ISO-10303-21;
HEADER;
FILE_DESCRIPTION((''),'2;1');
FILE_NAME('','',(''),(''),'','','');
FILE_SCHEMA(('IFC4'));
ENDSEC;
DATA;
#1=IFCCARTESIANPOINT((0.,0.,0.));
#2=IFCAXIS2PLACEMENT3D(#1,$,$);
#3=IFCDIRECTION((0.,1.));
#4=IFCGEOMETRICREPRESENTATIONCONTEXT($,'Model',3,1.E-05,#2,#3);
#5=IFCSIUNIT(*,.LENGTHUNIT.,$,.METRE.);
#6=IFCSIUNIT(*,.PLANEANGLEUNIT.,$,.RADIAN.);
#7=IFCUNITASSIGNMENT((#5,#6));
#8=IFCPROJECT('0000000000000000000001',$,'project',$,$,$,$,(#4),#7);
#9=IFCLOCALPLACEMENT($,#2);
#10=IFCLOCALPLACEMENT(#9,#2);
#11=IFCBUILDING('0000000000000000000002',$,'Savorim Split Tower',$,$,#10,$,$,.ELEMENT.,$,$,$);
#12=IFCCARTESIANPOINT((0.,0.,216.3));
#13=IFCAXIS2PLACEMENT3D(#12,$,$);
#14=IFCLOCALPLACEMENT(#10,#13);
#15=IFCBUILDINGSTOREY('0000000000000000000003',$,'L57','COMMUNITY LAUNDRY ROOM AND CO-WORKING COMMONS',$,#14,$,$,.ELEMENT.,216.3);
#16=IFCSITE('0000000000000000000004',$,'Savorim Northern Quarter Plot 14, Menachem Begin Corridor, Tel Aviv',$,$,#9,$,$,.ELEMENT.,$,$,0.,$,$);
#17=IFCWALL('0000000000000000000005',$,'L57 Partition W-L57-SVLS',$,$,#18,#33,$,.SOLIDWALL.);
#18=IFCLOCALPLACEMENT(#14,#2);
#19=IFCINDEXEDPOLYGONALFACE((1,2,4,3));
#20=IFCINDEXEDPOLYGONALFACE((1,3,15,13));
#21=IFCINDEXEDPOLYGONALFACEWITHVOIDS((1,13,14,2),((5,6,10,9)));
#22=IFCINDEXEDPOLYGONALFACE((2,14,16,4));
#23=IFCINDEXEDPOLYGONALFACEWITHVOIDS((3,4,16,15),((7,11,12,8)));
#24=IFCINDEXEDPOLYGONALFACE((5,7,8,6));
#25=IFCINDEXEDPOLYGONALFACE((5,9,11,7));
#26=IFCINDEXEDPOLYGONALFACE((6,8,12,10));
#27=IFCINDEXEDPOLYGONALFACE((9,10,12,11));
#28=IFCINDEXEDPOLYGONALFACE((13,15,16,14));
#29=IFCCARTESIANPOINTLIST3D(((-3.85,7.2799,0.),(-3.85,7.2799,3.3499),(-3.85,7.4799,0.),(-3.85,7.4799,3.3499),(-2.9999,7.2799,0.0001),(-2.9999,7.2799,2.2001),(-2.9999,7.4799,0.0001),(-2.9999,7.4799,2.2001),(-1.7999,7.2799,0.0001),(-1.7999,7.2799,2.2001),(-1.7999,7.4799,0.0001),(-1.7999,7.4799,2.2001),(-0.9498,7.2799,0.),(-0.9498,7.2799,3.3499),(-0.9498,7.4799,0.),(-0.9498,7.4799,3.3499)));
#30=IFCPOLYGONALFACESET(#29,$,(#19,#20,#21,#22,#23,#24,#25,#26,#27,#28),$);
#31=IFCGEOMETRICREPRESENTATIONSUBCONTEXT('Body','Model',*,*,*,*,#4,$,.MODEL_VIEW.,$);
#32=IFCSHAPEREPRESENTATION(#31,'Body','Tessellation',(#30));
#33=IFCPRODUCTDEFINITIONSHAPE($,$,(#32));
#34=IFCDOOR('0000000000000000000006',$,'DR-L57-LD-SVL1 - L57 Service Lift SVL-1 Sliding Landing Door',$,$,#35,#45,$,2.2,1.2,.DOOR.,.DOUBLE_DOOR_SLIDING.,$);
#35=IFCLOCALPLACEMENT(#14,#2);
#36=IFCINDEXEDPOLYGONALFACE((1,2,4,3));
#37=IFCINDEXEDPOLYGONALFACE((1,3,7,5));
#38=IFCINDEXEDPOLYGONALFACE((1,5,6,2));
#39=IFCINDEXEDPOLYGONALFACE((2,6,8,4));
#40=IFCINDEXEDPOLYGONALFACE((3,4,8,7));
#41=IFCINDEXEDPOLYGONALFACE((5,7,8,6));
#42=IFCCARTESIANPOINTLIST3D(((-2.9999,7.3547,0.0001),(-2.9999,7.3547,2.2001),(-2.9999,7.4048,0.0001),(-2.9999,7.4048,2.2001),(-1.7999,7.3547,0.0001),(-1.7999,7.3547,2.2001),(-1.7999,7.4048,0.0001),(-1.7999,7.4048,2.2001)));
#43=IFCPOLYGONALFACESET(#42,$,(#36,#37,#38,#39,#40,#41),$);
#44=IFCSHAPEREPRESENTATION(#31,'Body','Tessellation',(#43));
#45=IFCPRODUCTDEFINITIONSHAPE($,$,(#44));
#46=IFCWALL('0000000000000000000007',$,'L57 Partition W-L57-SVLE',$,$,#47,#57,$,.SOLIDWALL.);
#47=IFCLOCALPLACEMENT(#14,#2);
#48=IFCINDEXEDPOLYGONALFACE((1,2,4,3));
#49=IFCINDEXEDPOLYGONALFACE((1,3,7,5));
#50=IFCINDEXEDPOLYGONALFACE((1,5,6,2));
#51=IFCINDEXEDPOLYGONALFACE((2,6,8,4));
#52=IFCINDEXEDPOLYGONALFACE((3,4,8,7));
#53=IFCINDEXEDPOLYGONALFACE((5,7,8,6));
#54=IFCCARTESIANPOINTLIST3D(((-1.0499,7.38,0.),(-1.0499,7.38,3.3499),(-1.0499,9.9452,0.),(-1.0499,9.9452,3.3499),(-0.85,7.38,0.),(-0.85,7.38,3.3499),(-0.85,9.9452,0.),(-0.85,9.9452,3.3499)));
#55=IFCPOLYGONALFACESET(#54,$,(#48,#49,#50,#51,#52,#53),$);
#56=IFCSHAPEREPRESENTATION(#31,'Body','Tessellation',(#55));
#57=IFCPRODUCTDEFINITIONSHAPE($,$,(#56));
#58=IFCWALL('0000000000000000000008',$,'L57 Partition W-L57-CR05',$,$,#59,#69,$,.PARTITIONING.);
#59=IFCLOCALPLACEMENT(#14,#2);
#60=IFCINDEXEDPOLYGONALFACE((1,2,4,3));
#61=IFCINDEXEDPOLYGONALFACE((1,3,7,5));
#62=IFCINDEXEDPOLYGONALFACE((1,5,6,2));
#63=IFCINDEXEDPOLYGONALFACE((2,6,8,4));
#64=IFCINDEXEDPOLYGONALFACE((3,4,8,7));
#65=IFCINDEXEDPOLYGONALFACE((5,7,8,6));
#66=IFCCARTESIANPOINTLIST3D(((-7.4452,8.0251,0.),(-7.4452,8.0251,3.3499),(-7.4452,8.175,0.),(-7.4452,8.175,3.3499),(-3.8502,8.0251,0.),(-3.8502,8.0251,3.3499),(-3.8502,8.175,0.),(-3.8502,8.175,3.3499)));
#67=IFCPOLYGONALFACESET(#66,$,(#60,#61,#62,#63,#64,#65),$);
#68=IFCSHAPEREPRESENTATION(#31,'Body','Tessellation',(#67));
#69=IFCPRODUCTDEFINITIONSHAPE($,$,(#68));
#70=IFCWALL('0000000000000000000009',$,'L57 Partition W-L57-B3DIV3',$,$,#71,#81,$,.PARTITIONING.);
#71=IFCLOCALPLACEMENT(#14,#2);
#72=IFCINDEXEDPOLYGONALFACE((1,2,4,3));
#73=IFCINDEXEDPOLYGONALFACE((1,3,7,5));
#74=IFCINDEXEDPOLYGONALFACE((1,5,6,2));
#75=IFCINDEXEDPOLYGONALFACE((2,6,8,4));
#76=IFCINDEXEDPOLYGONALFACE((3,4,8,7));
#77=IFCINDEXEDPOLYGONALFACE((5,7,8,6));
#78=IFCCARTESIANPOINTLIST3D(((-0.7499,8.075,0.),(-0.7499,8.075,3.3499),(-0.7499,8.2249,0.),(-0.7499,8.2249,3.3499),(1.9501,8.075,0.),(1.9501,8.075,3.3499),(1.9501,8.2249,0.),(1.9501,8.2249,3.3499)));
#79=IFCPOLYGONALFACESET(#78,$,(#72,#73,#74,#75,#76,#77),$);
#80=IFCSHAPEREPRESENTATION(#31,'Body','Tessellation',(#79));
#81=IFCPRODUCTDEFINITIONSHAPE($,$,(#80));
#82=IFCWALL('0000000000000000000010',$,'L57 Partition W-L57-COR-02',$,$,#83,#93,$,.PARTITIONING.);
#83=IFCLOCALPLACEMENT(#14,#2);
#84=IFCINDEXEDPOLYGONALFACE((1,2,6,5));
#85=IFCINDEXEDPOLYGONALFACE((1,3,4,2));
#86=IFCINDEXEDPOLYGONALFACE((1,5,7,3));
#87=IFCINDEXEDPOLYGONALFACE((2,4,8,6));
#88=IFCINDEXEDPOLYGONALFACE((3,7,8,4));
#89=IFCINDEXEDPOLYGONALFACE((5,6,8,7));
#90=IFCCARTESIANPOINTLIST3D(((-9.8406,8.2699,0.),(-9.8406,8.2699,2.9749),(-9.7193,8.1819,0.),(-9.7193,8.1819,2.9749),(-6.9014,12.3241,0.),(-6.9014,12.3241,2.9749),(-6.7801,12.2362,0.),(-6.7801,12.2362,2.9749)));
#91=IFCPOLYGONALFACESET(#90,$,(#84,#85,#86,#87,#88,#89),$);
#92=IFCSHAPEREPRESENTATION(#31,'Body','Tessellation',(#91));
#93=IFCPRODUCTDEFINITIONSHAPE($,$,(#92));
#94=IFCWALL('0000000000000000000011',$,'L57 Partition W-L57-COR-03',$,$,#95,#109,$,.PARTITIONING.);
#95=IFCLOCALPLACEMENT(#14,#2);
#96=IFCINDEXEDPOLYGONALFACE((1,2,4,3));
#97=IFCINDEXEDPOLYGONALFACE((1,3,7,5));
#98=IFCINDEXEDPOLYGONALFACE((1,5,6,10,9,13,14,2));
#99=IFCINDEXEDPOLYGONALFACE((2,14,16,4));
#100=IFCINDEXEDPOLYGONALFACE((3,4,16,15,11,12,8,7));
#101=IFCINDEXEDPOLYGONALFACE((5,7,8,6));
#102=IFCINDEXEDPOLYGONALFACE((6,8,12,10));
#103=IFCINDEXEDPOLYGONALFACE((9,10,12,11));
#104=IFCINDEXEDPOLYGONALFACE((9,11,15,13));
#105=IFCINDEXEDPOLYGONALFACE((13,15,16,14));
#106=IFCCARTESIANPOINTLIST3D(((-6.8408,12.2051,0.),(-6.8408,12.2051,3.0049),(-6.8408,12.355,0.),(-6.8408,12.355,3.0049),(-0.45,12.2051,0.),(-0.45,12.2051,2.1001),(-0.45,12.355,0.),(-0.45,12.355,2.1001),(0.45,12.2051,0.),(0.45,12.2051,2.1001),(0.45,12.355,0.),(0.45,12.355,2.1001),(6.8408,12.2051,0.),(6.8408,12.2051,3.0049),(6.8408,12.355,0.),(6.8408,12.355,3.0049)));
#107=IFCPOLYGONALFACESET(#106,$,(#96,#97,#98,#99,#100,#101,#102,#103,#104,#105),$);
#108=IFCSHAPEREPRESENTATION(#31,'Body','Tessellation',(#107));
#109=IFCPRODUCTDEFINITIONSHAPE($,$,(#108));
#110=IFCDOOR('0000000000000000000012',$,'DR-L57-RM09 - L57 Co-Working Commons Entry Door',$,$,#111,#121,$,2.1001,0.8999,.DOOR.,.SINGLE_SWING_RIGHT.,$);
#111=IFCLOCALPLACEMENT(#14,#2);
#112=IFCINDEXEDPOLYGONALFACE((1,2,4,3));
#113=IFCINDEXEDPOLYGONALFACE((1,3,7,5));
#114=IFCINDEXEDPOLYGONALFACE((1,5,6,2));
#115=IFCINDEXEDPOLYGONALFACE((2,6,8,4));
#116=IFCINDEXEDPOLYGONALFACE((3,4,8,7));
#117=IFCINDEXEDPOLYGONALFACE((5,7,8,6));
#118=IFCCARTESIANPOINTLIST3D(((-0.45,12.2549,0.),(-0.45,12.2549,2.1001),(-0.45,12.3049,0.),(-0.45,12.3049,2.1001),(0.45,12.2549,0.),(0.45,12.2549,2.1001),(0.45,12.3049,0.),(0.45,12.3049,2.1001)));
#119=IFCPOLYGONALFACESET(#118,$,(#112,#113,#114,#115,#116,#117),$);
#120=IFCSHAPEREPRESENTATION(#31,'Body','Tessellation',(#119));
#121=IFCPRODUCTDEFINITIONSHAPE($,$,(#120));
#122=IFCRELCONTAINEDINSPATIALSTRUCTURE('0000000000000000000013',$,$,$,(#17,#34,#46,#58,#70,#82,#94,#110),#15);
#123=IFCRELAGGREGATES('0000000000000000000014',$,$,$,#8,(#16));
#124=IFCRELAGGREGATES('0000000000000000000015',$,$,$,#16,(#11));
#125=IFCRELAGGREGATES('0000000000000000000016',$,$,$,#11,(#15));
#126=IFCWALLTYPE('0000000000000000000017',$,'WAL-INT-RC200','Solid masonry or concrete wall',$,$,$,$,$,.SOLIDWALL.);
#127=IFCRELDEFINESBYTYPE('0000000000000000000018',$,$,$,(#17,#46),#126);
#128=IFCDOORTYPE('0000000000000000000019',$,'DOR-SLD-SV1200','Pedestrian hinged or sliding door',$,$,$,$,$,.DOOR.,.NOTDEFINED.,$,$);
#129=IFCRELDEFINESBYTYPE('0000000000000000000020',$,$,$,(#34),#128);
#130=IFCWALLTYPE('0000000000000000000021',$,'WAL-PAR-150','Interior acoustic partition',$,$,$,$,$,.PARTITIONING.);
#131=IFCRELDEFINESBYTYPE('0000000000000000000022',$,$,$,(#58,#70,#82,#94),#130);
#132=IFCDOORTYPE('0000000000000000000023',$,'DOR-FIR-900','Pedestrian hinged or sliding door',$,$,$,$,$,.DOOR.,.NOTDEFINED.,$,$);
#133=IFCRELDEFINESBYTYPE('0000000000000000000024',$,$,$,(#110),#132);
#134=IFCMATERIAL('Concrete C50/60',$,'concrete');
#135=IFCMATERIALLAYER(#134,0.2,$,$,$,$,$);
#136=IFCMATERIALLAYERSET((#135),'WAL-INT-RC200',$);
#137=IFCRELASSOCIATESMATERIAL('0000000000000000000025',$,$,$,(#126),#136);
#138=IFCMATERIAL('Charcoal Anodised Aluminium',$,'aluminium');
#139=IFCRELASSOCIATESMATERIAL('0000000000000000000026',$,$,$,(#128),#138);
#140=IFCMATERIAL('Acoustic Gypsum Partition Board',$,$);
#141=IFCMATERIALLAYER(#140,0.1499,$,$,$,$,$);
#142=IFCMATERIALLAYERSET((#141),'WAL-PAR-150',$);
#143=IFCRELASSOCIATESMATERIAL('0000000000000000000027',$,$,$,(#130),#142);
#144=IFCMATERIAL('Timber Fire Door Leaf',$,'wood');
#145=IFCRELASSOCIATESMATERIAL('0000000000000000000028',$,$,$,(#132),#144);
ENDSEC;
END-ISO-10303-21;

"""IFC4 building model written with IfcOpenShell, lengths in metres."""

from ifc_helpers import new_model, si_unit, direction, frame, frame_2d, origin, place, context, subcontext, project, spatial, rectangle, extrude, material, layer, layer_set, type_object, element, fill, save


model = new_model("IFC4")

# Units and contexts
model_context = context("Model", 3, precision=1e-05, world=origin(), true_north=direction((0.0, 1.0)))
body_context = subcontext(model_context, "Body", "Model", "MODEL_VIEW")
ifc_project = project(units=[si_unit("LENGTHUNIT", "METRE"), si_unit("PLANEANGLEUNIT", "RADIAN")], contexts=[model_context])

# Site, building, storey
site_placement = place(None, origin())
site = spatial("IfcSite", under=ifc_project, at=site_placement, Name="Savorim Northern Quarter Plot 14, Menachem Begin Corridor, Tel Aviv", CompositionType="ELEMENT", RefElevation=0.0)
building_placement = place(site_placement, origin())
building = spatial("IfcBuilding", under=site, at=building_placement, Name="Savorim Split Tower", CompositionType="ELEMENT")
storey_placement = place(building_placement, frame((0.0, 0.0, 216.3)))
storey = spatial("IfcBuildingStorey", under=building, at=storey_placement, Name="L57", Description="COMMUNITY LAUNDRY ROOM AND CO-WORKING COMMONS", CompositionType="ELEMENT", Elevation=216.3)

# Shared definitions
ifc_material_1 = material(Name="Charcoal Anodised Aluminium", Category="aluminium")

# Wall, opening, door
ifc_material_2 = material(Name="Concrete C50/60", Category="concrete")
ifc_layer_1 = layer(ifc_material_2, 0.2)
ifc_layer_set_1 = layer_set([ifc_layer_1], Name="WAL-INT-RC200")
wall_type_1 = type_object("IfcWallType", Name="WAL-INT-RC200", Description="Solid masonry or concrete wall", PredefinedType="SOLIDWALL", material=ifc_layer_set_1)
wall_1_placement = place(storey_placement, frame((-3.8501, 7.3799, 0.0), z_axis=(0.0, 0.0, 1.0), x_axis=(1.0, 0.0, 0.0)))
wall_1 = element("IfcWall", 1, at=wall_1_placement, inside=storey, type_object=wall_type_1, Name="L57 Partition W-L57-SVLS", PredefinedType="SOLIDWALL", context=body_context, shape_type="SweptSolid", body=[
    extrude(rectangle(XDim=2.9001, YDim=0.2, at=frame_2d((1.4502, 0.0))), origin(), (0.0, 0.0, 1.0), 3.3499),
])
opening_1_placement = place(wall_1_placement, frame((0.8501, 0.0, 0.0)))
opening_1 = element("IfcOpeningElement", 2, at=opening_1_placement, cuts=wall_1, PredefinedType="OPENING", context=body_context, shape_type="SweptSolid", body=[
    extrude(rectangle(XDim=1.2, YDim=2.2, at=frame_2d((0.6001, 1.1001))), frame((0.0, 0.1099, 0.0), z_axis=(0.0, -1.0, 0.0), x_axis=(1.0, 0.0, 0.0)), (0.0, 0.0, 1.0), 0.22),
])
door_type_1 = type_object("IfcDoorType", Name="DOR-SLD-SV1200", Description="Pedestrian hinged or sliding door", OperationType="NOTDEFINED", PredefinedType="DOOR", material=ifc_material_1)
door_1_placement = place(opening_1_placement, origin())
door_1 = element("IfcDoor", 3, at=door_1_placement, inside=storey, type_object=door_type_1, Name="DR-L57-LD-SVL1 - L57 Service Lift SVL-1 Sliding Landing Door", OperationType="DOUBLE_DOOR_SLIDING", OverallHeight=2.2, OverallWidth=1.2, PredefinedType="DOOR", context=body_context, shape_type="SweptSolid", body=[
    extrude(rectangle(XDim=1.2, YDim=2.2, at=frame_2d((0.6001, 1.1001))), frame((0.0, 0.0249, 0.0), z_axis=(0.0, -1.0, 0.0), x_axis=(1.0, 0.0, 0.0)), (0.0, 0.0, 1.0), 0.05),
])
fill(opening_1, door_1)

# Walls
wall_2_placement = place(storey_placement, frame((-0.95, 7.3799, 0.0), z_axis=(0.0, 0.0, 1.0), x_axis=(0.0, 1.0, 0.0)))
element("IfcWall", 4, at=wall_2_placement, inside=storey, type_object=wall_type_1, Name="L57 Partition W-L57-SVLE", PredefinedType="SOLIDWALL", context=body_context, shape_type="SweptSolid", body=[
    extrude(rectangle(XDim=2.5652, YDim=0.2, at=frame_2d((1.2827, 0.0))), origin(), (0.0, 0.0, 1.0), 3.3499),
])
ifc_material_3 = material(Name="Acoustic Gypsum Partition Board")
ifc_layer_2 = layer(ifc_material_3, 0.1499)
ifc_layer_set_2 = layer_set([ifc_layer_2], Name="WAL-PAR-150")
wall_type_2 = type_object("IfcWallType", Name="WAL-PAR-150", Description="Interior acoustic partition", PredefinedType="PARTITIONING", material=ifc_layer_set_2)
wall_3_placement = place(storey_placement, frame((-7.4451, 8.1001, 0.0), z_axis=(0.0, 0.0, 1.0), x_axis=(1.0, 0.0, 0.0)))
element("IfcWall", 5, at=wall_3_placement, inside=storey, type_object=wall_type_2, Name="L57 Partition W-L57-CR05", PredefinedType="PARTITIONING", context=body_context, shape_type="SweptSolid", body=[
    extrude(rectangle(XDim=3.595, YDim=0.1499, at=frame_2d((1.7974, 0.0))), origin(), (0.0, 0.0, 1.0), 3.3499),
])
wall_4_placement = place(storey_placement, frame((-0.75, 8.1499, 0.0), z_axis=(0.0, 0.0, 1.0), x_axis=(1.0, 0.0, 0.0)))
element("IfcWall", 6, at=wall_4_placement, inside=storey, type_object=wall_type_2, Name="L57 Partition W-L57-B3DIV3", PredefinedType="PARTITIONING", context=body_context, shape_type="SweptSolid", body=[
    extrude(rectangle(XDim=2.7, YDim=0.1499, at=frame_2d((1.3501, 0.0))), origin(), (0.0, 0.0, 1.0), 3.3499),
])
wall_5_placement = place(storey_placement, frame((-9.78, 8.2258, 0.0), z_axis=(0.0, 0.0, 1.0), x_axis=(0.586956, 0.809619, 0.0)))
element("IfcWall", 7, at=wall_5_placement, inside=storey, type_object=wall_type_2, Name="L57 Partition W-L57-COR-02", PredefinedType="PARTITIONING", context=body_context, shape_type="SweptSolid", body=[
    extrude(rectangle(XDim=5.0076, YDim=0.1499, at=frame_2d((2.5039, 0.0))), origin(), (0.0, 0.0, 1.0), 2.9749),
])

# Wall, opening, door
wall_6_placement = place(storey_placement, frame((-6.8408, 12.28, 0.0), z_axis=(0.0, 0.0, 1.0), x_axis=(1.0, 0.0, 0.0)))
wall_6 = element("IfcWall", 8, at=wall_6_placement, inside=storey, type_object=wall_type_2, Name="L57 Partition W-L57-COR-03", PredefinedType="PARTITIONING", context=body_context, shape_type="SweptSolid", body=[
    extrude(rectangle(XDim=13.6816, YDim=0.1499, at=frame_2d((6.8408, 0.0))), origin(), (0.0, 0.0, 1.0), 3.0049),
])
opening_2_placement = place(wall_6_placement, frame((6.3909, 0.0, 0.0)))
opening_2 = element("IfcOpeningElement", 9, at=opening_2_placement, cuts=wall_6, PredefinedType="OPENING", context=body_context, shape_type="SweptSolid", body=[
    extrude(rectangle(XDim=0.8999, YDim=2.1001, at=frame_2d((0.45, 1.05))), frame((0.0, 0.085, 0.0), z_axis=(0.0, -1.0, 0.0), x_axis=(1.0, 0.0, 0.0)), (0.0, 0.0, 1.0), 0.1699),
])
ifc_material_4 = material(Name="Timber Fire Door Leaf", Category="wood")
door_type_2 = type_object("IfcDoorType", Name="DOR-FIR-900", Description="Pedestrian hinged or sliding door", OperationType="NOTDEFINED", PredefinedType="DOOR", material=ifc_material_4)
door_2_placement = place(opening_2_placement, origin())
door_2 = element("IfcDoor", 10, at=door_2_placement, inside=storey, type_object=door_type_2, Name="DR-L57-RM09 - L57 Co-Working Commons Entry Door", OperationType="SINGLE_SWING_RIGHT", OverallHeight=2.1001, OverallWidth=0.8999, PredefinedType="DOOR", context=body_context, shape_type="SweptSolid", body=[
    extrude(rectangle(XDim=0.8999, YDim=2.1001, at=frame_2d((0.45, 1.05))), frame((0.0, 0.0249, 0.0), z_axis=(0.0, -1.0, 0.0), x_axis=(1.0, 0.0, 0.0)), (0.0, 0.0, 1.0), 0.05),
])
fill(opening_2, door_2)

save(model, "model.ifc")
